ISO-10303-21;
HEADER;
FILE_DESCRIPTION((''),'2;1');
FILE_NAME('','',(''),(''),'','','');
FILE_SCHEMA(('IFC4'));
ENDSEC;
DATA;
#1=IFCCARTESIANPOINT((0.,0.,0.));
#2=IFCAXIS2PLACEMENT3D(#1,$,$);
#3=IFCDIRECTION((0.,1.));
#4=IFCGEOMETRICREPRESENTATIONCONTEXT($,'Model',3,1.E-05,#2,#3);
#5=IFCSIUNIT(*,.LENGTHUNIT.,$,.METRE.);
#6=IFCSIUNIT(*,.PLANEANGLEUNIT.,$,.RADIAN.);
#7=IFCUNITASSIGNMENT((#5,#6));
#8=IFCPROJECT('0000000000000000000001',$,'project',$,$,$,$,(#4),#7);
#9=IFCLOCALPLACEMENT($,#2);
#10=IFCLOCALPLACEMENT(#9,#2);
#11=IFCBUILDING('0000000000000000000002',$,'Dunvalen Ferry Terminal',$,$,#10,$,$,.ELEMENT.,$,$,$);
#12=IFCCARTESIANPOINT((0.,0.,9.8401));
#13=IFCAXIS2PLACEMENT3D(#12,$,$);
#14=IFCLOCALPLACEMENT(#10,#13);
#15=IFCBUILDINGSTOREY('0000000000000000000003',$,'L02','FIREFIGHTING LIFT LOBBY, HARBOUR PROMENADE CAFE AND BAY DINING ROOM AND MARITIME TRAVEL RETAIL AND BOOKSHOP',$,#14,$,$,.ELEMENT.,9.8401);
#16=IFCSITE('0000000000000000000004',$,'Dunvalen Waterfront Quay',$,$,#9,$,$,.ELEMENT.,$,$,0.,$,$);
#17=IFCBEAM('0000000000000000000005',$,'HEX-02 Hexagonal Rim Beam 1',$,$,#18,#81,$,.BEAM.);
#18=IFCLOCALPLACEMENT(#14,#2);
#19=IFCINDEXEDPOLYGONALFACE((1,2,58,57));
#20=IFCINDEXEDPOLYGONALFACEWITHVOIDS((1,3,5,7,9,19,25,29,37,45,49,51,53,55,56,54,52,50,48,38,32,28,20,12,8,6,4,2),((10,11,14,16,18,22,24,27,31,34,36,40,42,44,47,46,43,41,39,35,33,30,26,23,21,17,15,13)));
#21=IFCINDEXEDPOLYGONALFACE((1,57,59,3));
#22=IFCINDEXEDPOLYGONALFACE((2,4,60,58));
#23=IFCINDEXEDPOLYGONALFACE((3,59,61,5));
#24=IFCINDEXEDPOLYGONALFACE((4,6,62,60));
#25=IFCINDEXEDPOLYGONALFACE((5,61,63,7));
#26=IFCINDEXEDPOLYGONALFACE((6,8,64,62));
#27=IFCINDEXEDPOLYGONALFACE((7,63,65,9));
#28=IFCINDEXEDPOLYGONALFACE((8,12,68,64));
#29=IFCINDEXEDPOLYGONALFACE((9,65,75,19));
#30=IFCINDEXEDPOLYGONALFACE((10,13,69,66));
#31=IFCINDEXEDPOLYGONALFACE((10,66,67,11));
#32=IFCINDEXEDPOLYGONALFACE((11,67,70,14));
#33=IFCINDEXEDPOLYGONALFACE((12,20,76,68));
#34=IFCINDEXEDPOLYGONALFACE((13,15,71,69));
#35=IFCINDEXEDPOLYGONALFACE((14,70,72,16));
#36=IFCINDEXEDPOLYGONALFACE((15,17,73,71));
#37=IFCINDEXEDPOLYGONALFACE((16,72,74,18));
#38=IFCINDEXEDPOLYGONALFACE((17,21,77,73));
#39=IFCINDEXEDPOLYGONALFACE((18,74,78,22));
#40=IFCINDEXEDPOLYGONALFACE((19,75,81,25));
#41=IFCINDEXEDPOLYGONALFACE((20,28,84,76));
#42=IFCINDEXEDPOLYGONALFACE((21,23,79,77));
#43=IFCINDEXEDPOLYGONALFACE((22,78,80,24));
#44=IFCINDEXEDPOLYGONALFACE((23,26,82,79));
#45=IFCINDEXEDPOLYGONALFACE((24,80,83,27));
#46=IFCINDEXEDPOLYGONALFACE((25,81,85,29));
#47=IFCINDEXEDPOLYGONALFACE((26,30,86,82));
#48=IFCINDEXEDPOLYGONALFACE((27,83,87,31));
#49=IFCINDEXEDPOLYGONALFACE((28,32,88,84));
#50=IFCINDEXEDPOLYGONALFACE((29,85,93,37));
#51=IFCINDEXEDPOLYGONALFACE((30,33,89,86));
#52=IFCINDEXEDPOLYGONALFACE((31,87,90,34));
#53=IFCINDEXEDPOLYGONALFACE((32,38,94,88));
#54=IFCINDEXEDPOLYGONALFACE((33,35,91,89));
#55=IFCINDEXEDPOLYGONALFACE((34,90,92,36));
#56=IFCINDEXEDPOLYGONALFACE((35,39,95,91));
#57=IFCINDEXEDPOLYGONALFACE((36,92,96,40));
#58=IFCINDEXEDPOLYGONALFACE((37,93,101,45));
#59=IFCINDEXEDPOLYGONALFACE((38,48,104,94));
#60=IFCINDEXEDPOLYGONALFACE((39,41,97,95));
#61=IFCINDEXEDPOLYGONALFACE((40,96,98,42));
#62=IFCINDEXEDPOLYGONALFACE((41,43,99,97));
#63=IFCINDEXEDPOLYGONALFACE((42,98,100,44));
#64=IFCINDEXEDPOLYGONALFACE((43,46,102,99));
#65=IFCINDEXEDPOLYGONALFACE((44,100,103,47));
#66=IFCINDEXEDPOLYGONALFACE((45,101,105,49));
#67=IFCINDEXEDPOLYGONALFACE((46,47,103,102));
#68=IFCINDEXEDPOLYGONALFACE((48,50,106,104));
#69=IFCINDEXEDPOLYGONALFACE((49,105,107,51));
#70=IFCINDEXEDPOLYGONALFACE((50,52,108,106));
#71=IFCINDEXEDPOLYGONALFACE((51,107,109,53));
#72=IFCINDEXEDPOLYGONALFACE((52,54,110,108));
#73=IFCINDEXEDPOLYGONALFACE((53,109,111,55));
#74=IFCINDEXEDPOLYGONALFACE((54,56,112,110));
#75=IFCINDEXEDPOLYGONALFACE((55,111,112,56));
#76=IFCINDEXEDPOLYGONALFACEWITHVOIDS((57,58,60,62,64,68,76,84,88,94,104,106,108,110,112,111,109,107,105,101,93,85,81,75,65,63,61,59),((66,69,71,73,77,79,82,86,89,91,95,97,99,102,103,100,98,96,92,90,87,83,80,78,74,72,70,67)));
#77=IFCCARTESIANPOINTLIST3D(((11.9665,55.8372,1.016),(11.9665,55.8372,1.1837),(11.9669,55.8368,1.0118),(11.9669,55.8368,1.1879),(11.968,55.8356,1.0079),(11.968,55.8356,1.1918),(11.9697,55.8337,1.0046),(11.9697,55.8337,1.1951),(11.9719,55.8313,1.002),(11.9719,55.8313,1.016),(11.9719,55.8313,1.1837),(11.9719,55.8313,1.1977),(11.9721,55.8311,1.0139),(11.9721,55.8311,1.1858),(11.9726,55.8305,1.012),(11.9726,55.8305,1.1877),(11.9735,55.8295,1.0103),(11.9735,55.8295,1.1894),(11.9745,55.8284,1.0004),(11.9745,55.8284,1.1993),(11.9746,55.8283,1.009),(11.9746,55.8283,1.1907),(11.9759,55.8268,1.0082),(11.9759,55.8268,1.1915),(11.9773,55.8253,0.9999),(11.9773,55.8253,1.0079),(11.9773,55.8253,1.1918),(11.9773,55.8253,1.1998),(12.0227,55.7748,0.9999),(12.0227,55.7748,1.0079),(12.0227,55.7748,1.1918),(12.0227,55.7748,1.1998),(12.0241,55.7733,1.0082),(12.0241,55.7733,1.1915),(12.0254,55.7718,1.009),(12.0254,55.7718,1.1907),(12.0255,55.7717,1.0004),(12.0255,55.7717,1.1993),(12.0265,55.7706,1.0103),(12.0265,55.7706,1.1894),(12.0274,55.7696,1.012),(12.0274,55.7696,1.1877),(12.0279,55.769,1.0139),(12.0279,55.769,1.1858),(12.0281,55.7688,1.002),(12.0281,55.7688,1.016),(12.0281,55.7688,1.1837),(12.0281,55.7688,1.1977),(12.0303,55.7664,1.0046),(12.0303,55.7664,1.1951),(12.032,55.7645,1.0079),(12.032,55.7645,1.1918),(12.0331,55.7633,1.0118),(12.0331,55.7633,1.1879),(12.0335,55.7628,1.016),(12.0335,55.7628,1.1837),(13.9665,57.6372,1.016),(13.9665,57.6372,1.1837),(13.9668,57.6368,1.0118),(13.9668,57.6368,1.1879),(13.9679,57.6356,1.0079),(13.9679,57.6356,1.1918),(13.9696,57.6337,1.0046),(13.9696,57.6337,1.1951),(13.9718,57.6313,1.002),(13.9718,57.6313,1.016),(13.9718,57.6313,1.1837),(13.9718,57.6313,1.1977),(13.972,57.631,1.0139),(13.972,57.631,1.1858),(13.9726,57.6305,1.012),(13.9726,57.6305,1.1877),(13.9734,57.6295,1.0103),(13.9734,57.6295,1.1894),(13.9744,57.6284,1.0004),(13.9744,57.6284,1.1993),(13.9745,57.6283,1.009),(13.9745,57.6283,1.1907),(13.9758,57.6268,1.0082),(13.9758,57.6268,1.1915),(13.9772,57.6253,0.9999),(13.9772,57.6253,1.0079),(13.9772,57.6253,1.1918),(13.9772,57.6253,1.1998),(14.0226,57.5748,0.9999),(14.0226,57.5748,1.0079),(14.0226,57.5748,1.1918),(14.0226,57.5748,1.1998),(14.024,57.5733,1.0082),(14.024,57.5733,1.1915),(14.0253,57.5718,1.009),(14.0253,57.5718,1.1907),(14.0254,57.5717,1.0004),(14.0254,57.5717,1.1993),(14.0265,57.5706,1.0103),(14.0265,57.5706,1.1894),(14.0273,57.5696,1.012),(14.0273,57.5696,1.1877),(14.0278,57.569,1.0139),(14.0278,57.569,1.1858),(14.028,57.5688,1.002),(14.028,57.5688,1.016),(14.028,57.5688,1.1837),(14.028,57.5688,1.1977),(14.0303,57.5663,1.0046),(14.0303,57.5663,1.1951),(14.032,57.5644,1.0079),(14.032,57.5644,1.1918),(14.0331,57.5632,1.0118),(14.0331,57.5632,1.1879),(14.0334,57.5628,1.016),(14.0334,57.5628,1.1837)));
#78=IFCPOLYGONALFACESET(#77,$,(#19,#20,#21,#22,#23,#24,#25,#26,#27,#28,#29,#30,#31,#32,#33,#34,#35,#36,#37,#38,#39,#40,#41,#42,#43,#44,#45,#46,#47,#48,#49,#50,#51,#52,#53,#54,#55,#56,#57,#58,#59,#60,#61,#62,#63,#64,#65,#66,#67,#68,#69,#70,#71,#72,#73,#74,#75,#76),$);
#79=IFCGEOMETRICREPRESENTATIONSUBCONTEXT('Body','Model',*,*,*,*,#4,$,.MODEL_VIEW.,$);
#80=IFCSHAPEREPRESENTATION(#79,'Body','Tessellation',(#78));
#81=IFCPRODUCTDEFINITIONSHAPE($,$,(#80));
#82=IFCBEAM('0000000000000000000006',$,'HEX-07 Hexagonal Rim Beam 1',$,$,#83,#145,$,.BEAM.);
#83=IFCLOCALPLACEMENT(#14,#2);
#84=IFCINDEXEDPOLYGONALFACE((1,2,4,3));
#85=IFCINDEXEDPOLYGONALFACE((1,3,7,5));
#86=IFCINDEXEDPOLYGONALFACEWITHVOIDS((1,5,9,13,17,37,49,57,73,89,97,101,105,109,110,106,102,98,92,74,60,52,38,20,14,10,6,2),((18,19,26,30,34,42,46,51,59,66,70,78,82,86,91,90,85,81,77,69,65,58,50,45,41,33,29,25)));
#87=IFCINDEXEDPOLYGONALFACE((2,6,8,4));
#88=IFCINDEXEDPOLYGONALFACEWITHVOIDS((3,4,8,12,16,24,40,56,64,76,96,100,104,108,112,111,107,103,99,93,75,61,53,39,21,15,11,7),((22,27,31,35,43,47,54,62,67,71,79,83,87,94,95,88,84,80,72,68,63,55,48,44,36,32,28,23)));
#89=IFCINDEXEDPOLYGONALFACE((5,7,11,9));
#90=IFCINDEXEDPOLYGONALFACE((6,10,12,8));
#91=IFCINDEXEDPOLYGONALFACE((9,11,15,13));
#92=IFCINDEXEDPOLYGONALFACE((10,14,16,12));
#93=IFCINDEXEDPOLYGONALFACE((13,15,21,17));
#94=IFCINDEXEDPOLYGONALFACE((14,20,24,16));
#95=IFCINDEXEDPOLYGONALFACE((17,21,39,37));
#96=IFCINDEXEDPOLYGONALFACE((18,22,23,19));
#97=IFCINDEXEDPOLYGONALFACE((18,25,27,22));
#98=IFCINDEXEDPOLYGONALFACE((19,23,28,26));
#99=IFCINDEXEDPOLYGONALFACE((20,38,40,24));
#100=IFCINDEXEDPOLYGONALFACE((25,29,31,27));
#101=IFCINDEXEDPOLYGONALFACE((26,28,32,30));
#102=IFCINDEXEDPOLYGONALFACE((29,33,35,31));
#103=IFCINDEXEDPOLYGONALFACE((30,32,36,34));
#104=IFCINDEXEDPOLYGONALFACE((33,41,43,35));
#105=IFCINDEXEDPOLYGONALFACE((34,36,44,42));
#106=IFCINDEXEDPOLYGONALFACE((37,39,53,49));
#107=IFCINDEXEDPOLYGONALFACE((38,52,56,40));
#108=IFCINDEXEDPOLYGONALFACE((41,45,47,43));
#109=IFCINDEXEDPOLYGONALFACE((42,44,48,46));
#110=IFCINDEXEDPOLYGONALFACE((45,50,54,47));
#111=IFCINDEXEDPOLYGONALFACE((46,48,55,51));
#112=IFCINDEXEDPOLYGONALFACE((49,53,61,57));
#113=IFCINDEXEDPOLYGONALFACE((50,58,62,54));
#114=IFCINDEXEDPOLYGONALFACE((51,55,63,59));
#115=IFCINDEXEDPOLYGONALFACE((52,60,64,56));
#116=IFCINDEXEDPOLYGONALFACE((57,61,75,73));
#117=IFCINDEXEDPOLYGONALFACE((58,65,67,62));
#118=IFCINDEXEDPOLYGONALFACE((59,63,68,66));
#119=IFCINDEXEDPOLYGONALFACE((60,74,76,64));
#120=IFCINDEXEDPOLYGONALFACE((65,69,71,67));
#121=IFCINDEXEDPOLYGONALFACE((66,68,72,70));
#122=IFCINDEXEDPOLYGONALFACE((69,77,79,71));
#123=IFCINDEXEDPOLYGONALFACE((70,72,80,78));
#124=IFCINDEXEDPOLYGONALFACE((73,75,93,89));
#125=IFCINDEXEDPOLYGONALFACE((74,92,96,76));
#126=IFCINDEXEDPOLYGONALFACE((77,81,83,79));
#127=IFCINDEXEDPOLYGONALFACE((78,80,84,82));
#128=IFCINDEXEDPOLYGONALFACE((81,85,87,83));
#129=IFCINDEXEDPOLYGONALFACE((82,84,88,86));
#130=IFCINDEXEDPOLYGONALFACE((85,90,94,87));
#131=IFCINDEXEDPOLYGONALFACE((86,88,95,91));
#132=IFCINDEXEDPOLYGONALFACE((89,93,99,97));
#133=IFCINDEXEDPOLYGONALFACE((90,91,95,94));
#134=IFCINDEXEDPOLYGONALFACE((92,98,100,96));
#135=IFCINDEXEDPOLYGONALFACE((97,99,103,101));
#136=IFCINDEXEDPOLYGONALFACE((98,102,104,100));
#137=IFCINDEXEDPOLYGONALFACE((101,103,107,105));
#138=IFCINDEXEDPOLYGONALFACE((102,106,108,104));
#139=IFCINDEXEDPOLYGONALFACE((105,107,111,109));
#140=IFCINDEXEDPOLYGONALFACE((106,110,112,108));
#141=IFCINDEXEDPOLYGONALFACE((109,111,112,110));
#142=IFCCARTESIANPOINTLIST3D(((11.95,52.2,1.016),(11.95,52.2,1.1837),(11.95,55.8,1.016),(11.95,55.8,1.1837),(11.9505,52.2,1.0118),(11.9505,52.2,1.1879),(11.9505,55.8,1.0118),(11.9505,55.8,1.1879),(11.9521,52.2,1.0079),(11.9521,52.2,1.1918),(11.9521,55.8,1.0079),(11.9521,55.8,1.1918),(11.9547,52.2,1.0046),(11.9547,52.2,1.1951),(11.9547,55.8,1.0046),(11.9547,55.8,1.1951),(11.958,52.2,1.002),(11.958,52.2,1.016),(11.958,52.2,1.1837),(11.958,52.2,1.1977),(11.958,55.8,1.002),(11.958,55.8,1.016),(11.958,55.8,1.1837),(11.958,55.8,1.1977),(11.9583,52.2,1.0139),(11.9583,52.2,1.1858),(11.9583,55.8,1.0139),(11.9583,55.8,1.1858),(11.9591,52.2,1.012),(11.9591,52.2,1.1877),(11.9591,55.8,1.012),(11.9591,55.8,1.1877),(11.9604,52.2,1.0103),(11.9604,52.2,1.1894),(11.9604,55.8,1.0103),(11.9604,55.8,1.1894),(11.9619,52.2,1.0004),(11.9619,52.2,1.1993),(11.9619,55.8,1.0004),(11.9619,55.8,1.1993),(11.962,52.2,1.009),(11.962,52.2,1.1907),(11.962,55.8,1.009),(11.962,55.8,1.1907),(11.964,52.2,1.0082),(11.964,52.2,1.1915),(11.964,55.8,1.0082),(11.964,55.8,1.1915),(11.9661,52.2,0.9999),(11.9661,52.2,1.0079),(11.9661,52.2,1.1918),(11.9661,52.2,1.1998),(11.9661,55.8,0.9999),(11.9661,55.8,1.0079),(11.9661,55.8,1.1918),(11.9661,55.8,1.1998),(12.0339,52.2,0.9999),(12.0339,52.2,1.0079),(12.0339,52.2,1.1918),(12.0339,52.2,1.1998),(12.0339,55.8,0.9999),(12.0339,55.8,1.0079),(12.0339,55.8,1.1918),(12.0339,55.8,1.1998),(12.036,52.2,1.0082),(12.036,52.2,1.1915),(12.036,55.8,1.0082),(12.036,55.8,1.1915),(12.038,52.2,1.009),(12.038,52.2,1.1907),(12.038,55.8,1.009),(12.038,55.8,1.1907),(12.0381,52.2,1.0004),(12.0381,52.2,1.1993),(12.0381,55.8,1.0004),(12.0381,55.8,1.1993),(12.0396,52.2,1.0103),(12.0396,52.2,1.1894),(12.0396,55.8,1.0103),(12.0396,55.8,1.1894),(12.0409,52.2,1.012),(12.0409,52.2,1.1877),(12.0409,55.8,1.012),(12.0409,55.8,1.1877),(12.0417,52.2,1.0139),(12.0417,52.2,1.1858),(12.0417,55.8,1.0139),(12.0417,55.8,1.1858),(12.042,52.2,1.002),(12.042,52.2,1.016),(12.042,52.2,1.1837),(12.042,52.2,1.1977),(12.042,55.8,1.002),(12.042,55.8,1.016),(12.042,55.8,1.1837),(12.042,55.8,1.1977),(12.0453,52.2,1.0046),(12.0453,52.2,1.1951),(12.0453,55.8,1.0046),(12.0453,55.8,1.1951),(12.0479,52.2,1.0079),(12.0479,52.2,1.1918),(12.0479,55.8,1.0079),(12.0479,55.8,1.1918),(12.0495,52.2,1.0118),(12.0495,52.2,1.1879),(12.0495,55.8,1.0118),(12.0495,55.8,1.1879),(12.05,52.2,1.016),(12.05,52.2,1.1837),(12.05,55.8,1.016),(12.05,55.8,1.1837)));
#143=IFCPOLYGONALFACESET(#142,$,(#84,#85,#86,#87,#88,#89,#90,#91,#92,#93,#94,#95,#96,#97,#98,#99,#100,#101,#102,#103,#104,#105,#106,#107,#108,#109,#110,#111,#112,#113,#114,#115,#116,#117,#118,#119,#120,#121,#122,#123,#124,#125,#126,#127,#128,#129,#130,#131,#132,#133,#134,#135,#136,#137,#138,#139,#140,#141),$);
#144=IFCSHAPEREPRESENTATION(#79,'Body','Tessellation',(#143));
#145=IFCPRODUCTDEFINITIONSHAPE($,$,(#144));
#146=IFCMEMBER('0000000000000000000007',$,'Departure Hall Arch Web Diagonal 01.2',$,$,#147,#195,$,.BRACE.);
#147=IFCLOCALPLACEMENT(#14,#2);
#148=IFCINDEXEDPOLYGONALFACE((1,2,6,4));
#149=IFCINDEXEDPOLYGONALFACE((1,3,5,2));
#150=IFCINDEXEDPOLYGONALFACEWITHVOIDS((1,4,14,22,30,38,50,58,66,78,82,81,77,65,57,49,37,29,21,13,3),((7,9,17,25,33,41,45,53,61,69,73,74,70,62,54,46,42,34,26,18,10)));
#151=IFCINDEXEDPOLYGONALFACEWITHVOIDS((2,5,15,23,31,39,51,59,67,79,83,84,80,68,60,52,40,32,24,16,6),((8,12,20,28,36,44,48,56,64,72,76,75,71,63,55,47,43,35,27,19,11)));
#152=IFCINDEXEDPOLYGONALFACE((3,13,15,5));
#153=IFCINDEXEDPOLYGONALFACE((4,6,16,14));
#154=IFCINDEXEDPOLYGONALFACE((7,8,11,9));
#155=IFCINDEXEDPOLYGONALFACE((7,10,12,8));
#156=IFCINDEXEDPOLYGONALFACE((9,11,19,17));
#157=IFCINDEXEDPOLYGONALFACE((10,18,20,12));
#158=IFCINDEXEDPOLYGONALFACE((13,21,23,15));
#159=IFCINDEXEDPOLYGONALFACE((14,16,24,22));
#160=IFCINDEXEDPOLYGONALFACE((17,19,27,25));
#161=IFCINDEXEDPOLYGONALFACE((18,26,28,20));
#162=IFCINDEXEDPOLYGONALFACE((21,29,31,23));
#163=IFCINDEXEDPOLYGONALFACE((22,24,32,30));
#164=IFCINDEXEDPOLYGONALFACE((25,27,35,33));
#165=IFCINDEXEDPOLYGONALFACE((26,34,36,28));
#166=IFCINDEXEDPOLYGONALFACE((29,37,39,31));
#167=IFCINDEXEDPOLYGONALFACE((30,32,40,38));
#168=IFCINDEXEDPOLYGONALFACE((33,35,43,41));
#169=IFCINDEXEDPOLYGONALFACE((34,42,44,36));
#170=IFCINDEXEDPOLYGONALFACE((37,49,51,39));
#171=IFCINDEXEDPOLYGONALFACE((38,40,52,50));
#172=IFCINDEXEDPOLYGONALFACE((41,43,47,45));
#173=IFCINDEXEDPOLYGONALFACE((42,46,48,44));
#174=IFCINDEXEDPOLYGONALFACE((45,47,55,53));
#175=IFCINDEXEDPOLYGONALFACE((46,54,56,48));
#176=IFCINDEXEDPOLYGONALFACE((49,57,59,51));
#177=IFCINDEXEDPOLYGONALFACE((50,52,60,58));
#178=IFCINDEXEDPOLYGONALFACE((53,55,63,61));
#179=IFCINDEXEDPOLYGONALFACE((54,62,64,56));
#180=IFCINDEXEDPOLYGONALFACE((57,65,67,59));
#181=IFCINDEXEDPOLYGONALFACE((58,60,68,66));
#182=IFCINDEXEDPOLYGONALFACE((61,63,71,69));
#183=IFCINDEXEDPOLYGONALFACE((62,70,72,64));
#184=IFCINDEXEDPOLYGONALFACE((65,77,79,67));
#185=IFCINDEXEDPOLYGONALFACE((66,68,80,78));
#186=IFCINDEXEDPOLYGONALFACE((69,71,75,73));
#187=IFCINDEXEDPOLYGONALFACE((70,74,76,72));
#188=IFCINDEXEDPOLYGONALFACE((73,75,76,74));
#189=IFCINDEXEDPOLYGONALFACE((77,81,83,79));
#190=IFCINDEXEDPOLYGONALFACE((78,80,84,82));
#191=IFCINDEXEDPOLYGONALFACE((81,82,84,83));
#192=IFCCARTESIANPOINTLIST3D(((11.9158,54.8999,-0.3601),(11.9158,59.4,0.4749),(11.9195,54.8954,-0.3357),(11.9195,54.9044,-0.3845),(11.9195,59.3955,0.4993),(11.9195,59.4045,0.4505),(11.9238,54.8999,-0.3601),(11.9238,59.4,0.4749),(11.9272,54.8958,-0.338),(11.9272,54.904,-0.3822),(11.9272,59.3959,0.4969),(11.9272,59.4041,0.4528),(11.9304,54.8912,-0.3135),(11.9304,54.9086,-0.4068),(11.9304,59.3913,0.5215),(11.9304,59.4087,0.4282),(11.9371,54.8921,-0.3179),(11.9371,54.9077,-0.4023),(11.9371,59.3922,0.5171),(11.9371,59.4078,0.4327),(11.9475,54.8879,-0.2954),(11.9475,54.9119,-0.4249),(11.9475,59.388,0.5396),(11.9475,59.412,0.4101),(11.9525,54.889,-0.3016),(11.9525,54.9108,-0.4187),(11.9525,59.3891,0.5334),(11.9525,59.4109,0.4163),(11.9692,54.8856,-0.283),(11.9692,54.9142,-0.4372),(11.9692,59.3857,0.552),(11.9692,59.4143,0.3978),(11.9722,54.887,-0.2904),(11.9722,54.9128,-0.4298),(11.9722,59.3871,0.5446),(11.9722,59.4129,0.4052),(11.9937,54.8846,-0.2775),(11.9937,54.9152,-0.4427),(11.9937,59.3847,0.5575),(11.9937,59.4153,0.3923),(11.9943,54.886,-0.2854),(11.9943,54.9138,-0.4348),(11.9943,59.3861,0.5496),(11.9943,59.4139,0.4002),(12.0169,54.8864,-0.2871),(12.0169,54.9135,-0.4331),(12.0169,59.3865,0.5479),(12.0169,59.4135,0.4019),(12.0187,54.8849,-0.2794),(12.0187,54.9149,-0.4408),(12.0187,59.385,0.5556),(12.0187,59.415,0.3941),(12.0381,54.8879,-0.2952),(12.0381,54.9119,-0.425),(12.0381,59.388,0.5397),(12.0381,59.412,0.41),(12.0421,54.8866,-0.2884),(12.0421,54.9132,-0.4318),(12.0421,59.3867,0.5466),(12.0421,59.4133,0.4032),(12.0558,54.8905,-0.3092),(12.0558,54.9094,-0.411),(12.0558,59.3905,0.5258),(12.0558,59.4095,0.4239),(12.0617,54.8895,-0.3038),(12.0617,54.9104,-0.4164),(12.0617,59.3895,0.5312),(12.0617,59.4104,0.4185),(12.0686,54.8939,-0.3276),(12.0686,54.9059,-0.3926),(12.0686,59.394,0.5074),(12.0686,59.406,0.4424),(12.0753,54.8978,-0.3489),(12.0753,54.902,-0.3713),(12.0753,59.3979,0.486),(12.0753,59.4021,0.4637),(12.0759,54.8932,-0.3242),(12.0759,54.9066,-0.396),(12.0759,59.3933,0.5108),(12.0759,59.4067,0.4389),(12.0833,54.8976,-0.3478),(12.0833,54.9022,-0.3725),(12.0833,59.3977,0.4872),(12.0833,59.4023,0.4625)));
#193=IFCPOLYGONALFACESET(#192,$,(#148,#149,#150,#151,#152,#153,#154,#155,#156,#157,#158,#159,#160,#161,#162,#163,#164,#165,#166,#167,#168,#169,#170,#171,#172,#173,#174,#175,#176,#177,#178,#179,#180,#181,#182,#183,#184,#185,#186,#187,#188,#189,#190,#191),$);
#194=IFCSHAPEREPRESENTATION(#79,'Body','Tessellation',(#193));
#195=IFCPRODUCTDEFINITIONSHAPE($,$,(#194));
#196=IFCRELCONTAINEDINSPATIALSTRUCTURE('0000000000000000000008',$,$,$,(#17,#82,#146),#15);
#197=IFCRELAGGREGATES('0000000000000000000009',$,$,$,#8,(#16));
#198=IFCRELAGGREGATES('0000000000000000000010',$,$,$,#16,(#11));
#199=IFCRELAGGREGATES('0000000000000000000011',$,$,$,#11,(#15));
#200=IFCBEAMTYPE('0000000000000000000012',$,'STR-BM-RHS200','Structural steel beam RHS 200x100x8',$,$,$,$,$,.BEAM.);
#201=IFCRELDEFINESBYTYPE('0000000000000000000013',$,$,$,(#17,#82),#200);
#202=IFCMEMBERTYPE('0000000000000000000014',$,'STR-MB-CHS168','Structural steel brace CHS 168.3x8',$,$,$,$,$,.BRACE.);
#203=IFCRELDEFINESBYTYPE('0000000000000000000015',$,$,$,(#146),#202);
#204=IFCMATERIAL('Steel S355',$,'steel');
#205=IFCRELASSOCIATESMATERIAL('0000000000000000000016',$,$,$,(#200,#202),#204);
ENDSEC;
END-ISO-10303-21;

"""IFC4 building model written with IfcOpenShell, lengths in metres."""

from ifc_helpers import new_model, si_unit, direction, frame, origin, origin_2d, place, context, subcontext, project, spatial, hollow_rectangle, hollow_circle, extrude, material, material_profile, profile_set, type_object, element, save


model = new_model("IFC4")

# Units and contexts
model_context = context("Model", 3, precision=1e-05, world=origin(), true_north=direction((0.0, 1.0)))
body_context = subcontext(model_context, "Body", "Model", "MODEL_VIEW")
ifc_project = project(units=[si_unit("LENGTHUNIT", "METRE"), si_unit("PLANEANGLEUNIT", "RADIAN")], contexts=[model_context])

# Site, building, storey
site_placement = place(None, origin())
site = spatial("IfcSite", under=ifc_project, at=site_placement, Name="Dunvalen Waterfront Quay", CompositionType="ELEMENT", RefElevation=0.0)
building_placement = place(site_placement, origin())
building = spatial("IfcBuilding", under=site, at=building_placement, Name="Dunvalen Ferry Terminal", CompositionType="ELEMENT")
storey_placement = place(building_placement, frame((0.0, 0.0, 9.8401)))
storey = spatial("IfcBuildingStorey", under=building, at=storey_placement, Name="L02", Description="FIREFIGHTING LIFT LOBBY, HARBOUR PROMENADE CAFE AND BAY DINING ROOM AND MARITIME TRAVEL RETAIL AND BOOKSHOP", CompositionType="ELEMENT", Elevation=9.8401)

# Beams
ifc_material_1 = material(Name="Steel S355", Category="steel")
ifc_material_profile_1 = material_profile(ifc_material_1, hollow_rectangle(XDim=0.1001, YDim=0.2, WallThickness=0.0081, InnerFilletRadius=0.0081, OuterFilletRadius=0.0161, at=origin_2d()), Name="Steel S355")
ifc_profile_set_1 = profile_set([ifc_material_profile_1], Name="Steel S355")
beam_type_1 = type_object("IfcBeamType", Name="STR-BM-RHS200", Description="Structural steel beam RHS 200x100x8", PredefinedType="BEAM", material=ifc_profile_set_1)
beam_1_placement = place(storey_placement, frame((12.0, 55.8, 1.0999), z_axis=(0.743285, 0.668975, 0.0), x_axis=(-0.668975, 0.743285, 0.0)))
element("IfcBeam", 1, at=beam_1_placement, inside=storey, type_object=beam_type_1, Name="HEX-02 Hexagonal Rim Beam 1", PredefinedType="BEAM", context=body_context, shape_type="SweptSolid", body=[
    extrude(hollow_rectangle(XDim=0.1001, YDim=0.2, WallThickness=0.0081, InnerFilletRadius=0.0081, OuterFilletRadius=0.0161, at=origin_2d()), origin(), (0.0, 0.0, 1.0), 2.6907),
])
beam_2_placement = place(storey_placement, frame((12.0, 55.8, 1.0999), z_axis=(0.0, -1.0, 0.0), x_axis=(1.0, 0.0, 0.0)))
element("IfcBeam", 2, at=beam_2_placement, inside=storey, type_object=beam_type_1, Name="HEX-07 Hexagonal Rim Beam 1", PredefinedType="BEAM", context=body_context, shape_type="SweptSolid", body=[
    extrude(hollow_rectangle(XDim=0.1001, YDim=0.2, WallThickness=0.0081, InnerFilletRadius=0.0081, OuterFilletRadius=0.0161, at=origin_2d()), origin(), (0.0, 0.0, 1.0), 3.6001),
])

# Member
ifc_material_profile_2 = material_profile(ifc_material_1, hollow_circle(Radius=0.0842, WallThickness=0.0081, at=origin_2d()), Name="Steel S355")
ifc_profile_set_2 = profile_set([ifc_material_profile_2], Name="Steel S355")
member_type_1 = type_object("IfcMemberType", Name="STR-MB-CHS168", Description="Structural steel brace CHS 168.3x8", PredefinedType="BRACE", material=ifc_profile_set_2)
member_1_placement = place(storey_placement, frame((12.0, 54.8999, -0.3601), z_axis=(0.0, 0.983218, 0.182433), x_axis=(-1.0, 0.0, 0.0)))
element("IfcMember", 3, at=member_1_placement, inside=storey, type_object=member_type_1, Name="Departure Hall Arch Web Diagonal 01.2", PredefinedType="BRACE", context=body_context, shape_type="SweptSolid", body=[
    extrude(hollow_circle(Radius=0.0842, WallThickness=0.0081, at=origin_2d()), origin(), (0.0, 0.0, 1.0), 4.5769),
])

save(model, "model.ifc")
